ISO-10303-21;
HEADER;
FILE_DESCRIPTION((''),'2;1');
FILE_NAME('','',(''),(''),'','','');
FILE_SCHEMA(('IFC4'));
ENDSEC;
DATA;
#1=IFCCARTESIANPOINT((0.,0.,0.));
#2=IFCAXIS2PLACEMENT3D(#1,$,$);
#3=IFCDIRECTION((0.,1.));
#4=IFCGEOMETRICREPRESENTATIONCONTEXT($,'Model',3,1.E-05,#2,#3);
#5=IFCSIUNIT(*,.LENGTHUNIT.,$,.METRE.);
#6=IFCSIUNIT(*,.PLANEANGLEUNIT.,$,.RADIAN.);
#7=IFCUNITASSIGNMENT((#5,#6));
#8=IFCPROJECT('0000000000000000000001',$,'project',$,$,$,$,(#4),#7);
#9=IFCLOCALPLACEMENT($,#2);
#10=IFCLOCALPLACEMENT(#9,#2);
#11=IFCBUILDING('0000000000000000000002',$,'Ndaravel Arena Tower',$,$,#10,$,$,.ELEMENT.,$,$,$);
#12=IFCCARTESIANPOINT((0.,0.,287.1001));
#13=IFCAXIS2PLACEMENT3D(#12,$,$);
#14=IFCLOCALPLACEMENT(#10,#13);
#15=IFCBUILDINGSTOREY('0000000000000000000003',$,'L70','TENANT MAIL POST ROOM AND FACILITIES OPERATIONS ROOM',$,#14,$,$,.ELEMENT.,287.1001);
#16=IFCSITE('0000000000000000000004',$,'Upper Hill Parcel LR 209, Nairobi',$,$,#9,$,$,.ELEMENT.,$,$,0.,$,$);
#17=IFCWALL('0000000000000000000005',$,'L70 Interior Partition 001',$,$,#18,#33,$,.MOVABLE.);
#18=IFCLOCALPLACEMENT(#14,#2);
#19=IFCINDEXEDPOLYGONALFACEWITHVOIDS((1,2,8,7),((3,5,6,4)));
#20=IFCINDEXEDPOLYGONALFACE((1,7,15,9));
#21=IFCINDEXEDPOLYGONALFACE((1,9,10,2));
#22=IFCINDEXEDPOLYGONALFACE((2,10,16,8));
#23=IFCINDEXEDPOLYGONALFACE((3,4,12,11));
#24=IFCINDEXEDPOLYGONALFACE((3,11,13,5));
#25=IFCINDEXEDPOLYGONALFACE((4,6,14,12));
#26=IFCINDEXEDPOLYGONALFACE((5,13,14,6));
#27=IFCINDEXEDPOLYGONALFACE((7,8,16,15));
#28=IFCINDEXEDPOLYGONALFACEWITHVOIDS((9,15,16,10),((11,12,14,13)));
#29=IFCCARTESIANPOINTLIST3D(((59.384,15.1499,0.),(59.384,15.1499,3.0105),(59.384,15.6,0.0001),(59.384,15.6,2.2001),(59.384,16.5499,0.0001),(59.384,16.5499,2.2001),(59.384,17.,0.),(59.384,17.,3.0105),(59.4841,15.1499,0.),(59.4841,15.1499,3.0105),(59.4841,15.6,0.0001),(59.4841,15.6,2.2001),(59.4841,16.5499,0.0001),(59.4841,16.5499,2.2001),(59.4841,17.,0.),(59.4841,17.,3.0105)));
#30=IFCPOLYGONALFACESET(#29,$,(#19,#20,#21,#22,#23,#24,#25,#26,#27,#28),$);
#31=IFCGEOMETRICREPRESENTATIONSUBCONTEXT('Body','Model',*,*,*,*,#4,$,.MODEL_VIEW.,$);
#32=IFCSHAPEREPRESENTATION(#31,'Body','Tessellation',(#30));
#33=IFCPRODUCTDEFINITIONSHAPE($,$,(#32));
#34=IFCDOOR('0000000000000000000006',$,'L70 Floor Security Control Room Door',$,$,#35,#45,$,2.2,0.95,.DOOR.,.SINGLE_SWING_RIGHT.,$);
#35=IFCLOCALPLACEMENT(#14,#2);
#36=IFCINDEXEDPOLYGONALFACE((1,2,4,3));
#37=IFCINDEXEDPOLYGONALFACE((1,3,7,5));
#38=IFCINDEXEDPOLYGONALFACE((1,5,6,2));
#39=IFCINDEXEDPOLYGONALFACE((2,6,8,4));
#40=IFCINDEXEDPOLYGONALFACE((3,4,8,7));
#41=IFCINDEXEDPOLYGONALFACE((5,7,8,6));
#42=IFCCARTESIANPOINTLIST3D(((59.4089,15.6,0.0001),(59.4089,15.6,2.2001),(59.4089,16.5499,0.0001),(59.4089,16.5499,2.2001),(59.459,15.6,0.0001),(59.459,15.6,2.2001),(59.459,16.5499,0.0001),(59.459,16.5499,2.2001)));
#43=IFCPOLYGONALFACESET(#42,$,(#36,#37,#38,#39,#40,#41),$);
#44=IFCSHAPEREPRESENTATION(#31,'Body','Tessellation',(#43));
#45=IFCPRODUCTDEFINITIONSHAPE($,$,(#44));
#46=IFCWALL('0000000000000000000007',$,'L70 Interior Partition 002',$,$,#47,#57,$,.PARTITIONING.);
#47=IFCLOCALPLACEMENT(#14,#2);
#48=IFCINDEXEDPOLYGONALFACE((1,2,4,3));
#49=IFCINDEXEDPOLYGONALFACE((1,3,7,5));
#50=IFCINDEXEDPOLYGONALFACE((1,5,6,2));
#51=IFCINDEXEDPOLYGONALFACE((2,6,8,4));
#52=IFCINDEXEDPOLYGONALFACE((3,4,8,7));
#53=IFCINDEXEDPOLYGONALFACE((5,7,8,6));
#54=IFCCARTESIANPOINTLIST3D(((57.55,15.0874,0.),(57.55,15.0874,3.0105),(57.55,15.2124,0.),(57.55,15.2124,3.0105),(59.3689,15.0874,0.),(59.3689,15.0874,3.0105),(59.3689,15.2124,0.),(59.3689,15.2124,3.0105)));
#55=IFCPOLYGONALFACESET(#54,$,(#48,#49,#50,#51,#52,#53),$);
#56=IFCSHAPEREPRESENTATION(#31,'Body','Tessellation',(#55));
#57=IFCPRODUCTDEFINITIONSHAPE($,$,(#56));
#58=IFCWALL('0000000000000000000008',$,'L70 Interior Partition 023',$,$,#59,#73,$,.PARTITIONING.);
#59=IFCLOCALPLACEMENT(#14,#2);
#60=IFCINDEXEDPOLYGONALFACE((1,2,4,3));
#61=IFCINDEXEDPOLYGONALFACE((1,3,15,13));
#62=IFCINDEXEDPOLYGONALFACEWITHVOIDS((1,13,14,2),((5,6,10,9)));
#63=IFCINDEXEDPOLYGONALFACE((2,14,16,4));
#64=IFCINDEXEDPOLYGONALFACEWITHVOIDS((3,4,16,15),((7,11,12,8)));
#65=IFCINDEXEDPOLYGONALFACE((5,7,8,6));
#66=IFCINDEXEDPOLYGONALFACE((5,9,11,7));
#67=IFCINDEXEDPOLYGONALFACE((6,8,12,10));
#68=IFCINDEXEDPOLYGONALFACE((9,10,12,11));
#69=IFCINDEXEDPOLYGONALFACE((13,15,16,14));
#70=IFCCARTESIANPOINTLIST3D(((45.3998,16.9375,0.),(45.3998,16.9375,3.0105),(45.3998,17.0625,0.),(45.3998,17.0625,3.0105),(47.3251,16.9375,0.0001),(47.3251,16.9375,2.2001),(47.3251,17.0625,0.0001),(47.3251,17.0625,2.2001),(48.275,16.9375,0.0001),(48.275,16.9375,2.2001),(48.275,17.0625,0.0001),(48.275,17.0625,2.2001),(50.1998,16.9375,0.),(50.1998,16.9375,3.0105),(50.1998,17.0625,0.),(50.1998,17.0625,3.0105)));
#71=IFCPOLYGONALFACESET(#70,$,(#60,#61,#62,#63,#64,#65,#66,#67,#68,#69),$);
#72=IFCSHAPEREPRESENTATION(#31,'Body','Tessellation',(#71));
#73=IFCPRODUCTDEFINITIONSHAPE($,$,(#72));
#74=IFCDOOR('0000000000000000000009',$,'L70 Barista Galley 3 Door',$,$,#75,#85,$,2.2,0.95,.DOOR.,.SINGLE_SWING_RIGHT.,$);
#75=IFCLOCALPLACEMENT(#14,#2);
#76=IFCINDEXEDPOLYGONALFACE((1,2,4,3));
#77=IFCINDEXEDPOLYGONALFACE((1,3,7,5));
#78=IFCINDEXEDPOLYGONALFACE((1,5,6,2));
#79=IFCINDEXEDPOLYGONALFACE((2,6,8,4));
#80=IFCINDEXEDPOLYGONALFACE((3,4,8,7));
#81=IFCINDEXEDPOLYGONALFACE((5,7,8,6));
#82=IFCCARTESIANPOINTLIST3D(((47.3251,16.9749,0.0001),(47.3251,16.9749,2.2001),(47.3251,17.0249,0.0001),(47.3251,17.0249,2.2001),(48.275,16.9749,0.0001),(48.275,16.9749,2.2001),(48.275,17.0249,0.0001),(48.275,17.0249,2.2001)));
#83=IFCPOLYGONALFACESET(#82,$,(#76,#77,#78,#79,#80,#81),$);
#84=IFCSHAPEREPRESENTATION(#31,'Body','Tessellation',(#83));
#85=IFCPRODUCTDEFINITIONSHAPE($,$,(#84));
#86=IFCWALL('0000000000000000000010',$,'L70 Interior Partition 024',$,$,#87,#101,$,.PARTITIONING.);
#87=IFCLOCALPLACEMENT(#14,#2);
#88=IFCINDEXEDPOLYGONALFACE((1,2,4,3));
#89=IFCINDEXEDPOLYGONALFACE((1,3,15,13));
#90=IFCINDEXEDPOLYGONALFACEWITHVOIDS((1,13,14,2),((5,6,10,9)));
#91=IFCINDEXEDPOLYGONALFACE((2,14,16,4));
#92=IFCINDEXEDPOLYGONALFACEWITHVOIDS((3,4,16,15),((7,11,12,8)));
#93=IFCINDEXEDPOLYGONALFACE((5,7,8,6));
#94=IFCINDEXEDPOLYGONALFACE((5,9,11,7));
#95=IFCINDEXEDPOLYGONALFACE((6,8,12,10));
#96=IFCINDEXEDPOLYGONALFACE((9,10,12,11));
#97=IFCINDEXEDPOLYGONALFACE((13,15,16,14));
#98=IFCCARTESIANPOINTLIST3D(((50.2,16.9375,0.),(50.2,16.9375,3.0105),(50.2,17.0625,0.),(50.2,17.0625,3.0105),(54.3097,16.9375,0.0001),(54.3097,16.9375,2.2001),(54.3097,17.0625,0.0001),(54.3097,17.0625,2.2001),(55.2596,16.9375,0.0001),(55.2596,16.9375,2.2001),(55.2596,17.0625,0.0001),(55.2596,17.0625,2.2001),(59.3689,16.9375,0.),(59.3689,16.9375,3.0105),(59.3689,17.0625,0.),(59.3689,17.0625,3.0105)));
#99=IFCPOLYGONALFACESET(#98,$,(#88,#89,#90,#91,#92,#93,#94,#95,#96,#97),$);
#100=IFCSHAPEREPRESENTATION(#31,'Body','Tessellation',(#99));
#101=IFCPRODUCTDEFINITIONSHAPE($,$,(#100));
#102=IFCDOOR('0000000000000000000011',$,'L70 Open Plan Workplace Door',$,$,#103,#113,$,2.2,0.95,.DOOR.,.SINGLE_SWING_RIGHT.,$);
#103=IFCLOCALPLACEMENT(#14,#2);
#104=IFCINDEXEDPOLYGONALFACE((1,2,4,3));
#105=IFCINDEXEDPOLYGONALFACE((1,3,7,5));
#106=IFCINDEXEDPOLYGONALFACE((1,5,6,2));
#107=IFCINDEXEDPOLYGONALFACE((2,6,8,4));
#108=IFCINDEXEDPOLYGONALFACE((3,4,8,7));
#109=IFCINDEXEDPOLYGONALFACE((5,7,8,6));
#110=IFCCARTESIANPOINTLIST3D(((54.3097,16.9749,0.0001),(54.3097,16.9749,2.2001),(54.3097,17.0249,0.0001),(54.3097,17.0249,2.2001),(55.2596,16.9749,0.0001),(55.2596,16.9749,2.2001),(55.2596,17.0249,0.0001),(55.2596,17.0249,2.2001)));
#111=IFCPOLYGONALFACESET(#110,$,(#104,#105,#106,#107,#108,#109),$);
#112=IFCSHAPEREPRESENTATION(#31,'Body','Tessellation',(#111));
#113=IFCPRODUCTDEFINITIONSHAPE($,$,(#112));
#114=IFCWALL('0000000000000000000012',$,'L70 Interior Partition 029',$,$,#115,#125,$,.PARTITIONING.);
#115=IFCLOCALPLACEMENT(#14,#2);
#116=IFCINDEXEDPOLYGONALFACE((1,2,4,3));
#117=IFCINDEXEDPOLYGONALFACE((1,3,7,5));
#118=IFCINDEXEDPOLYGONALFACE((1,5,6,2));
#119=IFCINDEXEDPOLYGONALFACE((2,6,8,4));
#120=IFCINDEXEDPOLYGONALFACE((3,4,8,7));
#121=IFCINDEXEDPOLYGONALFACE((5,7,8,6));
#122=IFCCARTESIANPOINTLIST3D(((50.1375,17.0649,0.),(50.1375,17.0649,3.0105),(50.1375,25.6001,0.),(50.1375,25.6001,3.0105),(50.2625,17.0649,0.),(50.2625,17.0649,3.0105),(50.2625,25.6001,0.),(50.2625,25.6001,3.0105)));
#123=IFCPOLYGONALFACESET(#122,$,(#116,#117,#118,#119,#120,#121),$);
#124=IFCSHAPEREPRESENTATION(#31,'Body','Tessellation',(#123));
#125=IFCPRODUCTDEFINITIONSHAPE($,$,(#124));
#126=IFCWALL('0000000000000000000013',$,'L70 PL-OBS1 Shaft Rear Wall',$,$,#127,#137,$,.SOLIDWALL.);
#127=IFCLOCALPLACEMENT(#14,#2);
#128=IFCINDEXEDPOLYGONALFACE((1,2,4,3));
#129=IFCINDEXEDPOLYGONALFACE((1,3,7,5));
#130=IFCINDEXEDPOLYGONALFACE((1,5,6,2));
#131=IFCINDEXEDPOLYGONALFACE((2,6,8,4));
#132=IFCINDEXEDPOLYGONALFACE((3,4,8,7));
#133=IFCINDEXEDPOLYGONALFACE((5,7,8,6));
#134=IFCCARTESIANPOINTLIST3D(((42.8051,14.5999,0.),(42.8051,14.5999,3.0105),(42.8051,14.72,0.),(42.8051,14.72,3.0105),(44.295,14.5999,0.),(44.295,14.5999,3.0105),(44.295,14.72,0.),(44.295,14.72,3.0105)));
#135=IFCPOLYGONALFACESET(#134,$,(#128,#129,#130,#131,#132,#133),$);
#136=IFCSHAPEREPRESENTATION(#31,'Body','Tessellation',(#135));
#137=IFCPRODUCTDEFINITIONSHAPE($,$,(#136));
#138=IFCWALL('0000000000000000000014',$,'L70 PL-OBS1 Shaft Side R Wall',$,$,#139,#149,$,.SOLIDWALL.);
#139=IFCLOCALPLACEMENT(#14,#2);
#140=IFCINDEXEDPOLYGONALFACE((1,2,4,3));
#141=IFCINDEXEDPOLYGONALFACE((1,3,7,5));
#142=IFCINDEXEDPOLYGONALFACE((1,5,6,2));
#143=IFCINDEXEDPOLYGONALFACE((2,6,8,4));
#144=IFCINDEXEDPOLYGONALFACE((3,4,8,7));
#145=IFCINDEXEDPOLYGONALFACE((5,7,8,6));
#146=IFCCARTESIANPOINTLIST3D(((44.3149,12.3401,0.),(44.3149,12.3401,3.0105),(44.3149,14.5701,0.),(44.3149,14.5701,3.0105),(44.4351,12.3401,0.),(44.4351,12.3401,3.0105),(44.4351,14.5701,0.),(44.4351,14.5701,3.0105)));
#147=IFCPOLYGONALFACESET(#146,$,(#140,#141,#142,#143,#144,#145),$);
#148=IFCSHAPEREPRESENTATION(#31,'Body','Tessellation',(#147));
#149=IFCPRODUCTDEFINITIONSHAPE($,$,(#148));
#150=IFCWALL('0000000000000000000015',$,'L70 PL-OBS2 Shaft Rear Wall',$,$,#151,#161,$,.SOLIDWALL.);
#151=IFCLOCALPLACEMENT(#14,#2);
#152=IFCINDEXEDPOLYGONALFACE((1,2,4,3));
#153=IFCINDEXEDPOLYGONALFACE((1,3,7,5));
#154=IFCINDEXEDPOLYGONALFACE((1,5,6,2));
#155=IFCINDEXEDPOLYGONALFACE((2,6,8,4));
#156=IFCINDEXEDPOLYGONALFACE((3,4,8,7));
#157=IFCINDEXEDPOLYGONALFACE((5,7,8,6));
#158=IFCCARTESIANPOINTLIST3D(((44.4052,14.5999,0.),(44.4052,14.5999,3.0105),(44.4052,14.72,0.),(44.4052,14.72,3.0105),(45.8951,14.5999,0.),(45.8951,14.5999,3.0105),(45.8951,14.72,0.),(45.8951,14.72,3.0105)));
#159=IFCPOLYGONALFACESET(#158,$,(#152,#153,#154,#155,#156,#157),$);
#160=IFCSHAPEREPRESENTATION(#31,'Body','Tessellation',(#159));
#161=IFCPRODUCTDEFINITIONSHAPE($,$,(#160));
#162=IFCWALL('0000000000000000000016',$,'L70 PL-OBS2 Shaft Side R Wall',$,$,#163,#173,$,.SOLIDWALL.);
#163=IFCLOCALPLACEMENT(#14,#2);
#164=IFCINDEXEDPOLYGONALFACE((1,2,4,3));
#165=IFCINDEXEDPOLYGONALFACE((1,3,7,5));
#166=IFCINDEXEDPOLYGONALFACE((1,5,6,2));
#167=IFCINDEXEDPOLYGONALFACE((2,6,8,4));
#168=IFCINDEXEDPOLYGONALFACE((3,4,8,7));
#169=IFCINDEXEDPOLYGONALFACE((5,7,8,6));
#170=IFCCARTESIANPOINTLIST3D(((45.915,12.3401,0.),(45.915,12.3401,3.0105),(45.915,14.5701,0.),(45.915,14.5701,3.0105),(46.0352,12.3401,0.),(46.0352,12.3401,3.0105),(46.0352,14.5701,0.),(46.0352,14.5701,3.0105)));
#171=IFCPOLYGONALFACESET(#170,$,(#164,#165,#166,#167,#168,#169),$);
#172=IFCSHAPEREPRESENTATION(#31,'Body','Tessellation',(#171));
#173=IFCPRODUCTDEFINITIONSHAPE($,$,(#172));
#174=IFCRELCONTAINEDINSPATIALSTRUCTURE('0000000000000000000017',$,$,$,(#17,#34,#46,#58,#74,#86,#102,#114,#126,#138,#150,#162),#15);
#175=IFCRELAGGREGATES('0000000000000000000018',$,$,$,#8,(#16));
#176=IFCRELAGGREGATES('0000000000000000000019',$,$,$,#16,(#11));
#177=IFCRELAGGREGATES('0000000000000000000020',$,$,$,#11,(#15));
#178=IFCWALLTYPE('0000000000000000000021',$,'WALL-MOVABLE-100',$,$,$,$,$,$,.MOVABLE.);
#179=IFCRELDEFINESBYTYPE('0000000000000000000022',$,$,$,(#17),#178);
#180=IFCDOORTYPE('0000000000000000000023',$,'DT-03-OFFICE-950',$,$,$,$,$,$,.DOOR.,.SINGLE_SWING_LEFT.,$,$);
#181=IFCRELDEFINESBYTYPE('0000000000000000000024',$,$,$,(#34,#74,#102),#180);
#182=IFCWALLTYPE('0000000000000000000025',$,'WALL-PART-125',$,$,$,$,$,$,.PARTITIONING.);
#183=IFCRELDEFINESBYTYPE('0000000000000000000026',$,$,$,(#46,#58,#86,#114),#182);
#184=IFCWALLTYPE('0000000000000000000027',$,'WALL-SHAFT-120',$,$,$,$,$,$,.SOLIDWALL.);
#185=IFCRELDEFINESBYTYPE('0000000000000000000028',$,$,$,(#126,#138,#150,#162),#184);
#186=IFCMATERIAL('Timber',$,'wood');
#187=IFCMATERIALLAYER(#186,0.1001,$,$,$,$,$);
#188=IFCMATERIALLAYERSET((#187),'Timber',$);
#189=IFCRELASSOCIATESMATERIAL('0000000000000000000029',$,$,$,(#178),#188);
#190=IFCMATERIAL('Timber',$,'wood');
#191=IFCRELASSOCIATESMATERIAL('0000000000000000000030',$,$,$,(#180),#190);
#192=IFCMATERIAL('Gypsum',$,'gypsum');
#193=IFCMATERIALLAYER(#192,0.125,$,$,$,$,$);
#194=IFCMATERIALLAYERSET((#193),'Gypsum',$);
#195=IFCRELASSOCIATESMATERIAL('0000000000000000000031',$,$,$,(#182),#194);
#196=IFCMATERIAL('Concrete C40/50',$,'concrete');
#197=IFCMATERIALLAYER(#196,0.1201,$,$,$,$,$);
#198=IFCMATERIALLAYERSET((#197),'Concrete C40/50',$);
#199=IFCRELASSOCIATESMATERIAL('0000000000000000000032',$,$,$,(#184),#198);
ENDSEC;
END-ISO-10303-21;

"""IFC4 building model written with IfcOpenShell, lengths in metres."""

from ifc_helpers import new_model, si_unit, direction, frame, frame_2d, origin, place, context, subcontext, project, spatial, rectangle, extrude, material, layer, layer_set, type_object, element, fill, save


model = new_model("IFC4")

# Units and contexts
model_context = context("Model", 3, precision=1e-05, world=origin(), true_north=direction((0.0, 1.0)))
body_context = subcontext(model_context, "Body", "Model", "MODEL_VIEW")
ifc_project = project(units=[si_unit("LENGTHUNIT", "METRE"), si_unit("PLANEANGLEUNIT", "RADIAN")], contexts=[model_context])

# Site, building, storey
site_placement = place(None, origin())
site = spatial("IfcSite", under=ifc_project, at=site_placement, Name="Upper Hill Parcel LR 209, Nairobi", CompositionType="ELEMENT", RefElevation=0.0)
building_placement = place(site_placement, origin())
building = spatial("IfcBuilding", under=site, at=building_placement, Name="Ndaravel Arena Tower", CompositionType="ELEMENT")
storey_placement = place(building_placement, frame((0.0, 0.0, 287.1001)))
storey = spatial("IfcBuildingStorey", under=building, at=storey_placement, Name="L70", Description="TENANT MAIL POST ROOM AND FACILITIES OPERATIONS ROOM", CompositionType="ELEMENT", Elevation=287.1001)

# Wall, opening, door
ifc_material_1 = material(Name="Timber", Category="wood")
ifc_layer_1 = layer(ifc_material_1, 0.1001)
ifc_layer_set_1 = layer_set([ifc_layer_1], Name="Timber")
wall_type_1 = type_object("IfcWallType", Name="WALL-MOVABLE-100", PredefinedType="MOVABLE", material=ifc_layer_set_1)
wall_1_placement = place(storey_placement, frame((59.4341, 17.0, 0.0), z_axis=(0.0, 0.0, 1.0), x_axis=(0.0, -1.0, 0.0)))
wall_1 = element("IfcWall", 1, at=wall_1_placement, inside=storey, type_object=wall_type_1, Name="L70 Interior Partition 001", PredefinedType="MOVABLE", context=body_context, shape_type="SweptSolid", body=[
    extrude(rectangle(XDim=1.8501, YDim=0.1001, at=frame_2d((0.925, 0.0))), origin(), (0.0, 0.0, 1.0), 3.0105),
])
opening_1_placement = place(wall_1_placement, frame((0.45, 0.0, 0.0)))
opening_1 = element("IfcOpeningElement", 2, at=opening_1_placement, cuts=wall_1, PredefinedType="OPENING", context=body_context, shape_type="SweptSolid", body=[
    extrude(rectangle(XDim=0.95, YDim=2.2, at=frame_2d((0.4751, 1.1001))), frame((0.0, 0.05, 0.0), z_axis=(0.0, -1.0, 0.0), x_axis=(1.0, 0.0, 0.0)), (0.0, 0.0, 1.0), 0.1001),
])
ifc_material_2 = material(Name="Timber", Category="wood")
door_type_1 = type_object("IfcDoorType", Name="DT-03-OFFICE-950", OperationType="SINGLE_SWING_LEFT", PredefinedType="DOOR", material=ifc_material_2)
door_1_placement = place(opening_1_placement, origin())
door_1 = element("IfcDoor", 3, at=door_1_placement, inside=storey, type_object=door_type_1, Name="L70 Floor Security Control Room Door", OperationType="SINGLE_SWING_RIGHT", OverallHeight=2.2, OverallWidth=0.95, PredefinedType="DOOR", context=body_context, shape_type="SweptSolid", body=[
    extrude(rectangle(XDim=0.95, YDim=2.2, at=frame_2d((0.4751, 1.1001))), frame((0.0, 0.0249, 0.0), z_axis=(0.0, -1.0, 0.0), x_axis=(1.0, 0.0, 0.0)), (0.0, 0.0, 1.0), 0.05),
])
fill(opening_1, door_1)

# Wall
ifc_material_3 = material(Name="Gypsum", Category="gypsum")
ifc_layer_2 = layer(ifc_material_3, 0.125)
ifc_layer_set_2 = layer_set([ifc_layer_2], Name="Gypsum")
wall_type_2 = type_object("IfcWallType", Name="WALL-PART-125", PredefinedType="PARTITIONING", material=ifc_layer_set_2)
wall_2_placement = place(storey_placement, frame((59.3689, 15.1499, 0.0), z_axis=(0.0, 0.0, 1.0), x_axis=(-1.0, 0.0, 0.0)))
element("IfcWall", 4, at=wall_2_placement, inside=storey, type_object=wall_type_2, Name="L70 Interior Partition 002", PredefinedType="PARTITIONING", context=body_context, shape_type="SweptSolid", body=[
    extrude(rectangle(XDim=1.8188, YDim=0.125, at=frame_2d((0.9094, 0.0))), origin(), (0.0, 0.0, 1.0), 3.0105),
])

# Walls, openings, doors
wall_3_placement = place(storey_placement, frame((45.3999, 17.0, 0.0), z_axis=(0.0, 0.0, 1.0), x_axis=(1.0, 0.0, 0.0)))
wall_3 = element("IfcWall", 5, at=wall_3_placement, inside=storey, type_object=wall_type_2, Name="L70 Interior Partition 023", PredefinedType="PARTITIONING", context=body_context, shape_type="SweptSolid", body=[
    extrude(rectangle(XDim=4.8, YDim=0.125, at=frame_2d((2.3999, 0.0))), origin(), (0.0, 0.0, 1.0), 3.0105),
])
opening_2_placement = place(wall_3_placement, frame((1.925, 0.0, 0.0)))
opening_2 = element("IfcOpeningElement", 6, at=opening_2_placement, cuts=wall_3, PredefinedType="OPENING", context=body_context, shape_type="SweptSolid", body=[
    extrude(rectangle(XDim=0.95, YDim=2.2, at=frame_2d((0.4751, 1.1001))), frame((0.0, 0.0625, 0.0), z_axis=(0.0, -1.0, 0.0), x_axis=(1.0, 0.0, 0.0)), (0.0, 0.0, 1.0), 0.125),
])
door_2_placement = place(opening_2_placement, origin())
door_2 = element("IfcDoor", 7, at=door_2_placement, inside=storey, type_object=door_type_1, Name="L70 Barista Galley 3 Door", OperationType="SINGLE_SWING_RIGHT", OverallHeight=2.2, OverallWidth=0.95, PredefinedType="DOOR", context=body_context, shape_type="SweptSolid", body=[
    extrude(rectangle(XDim=0.95, YDim=2.2, at=frame_2d((0.4751, 1.1001))), frame((0.0, 0.0249, 0.0), z_axis=(0.0, -1.0, 0.0), x_axis=(1.0, 0.0, 0.0)), (0.0, 0.0, 1.0), 0.05),
])
fill(opening_2, door_2)
wall_4_placement = place(storey_placement, frame((50.2, 17.0, 0.0), z_axis=(0.0, 0.0, 1.0), x_axis=(1.0, 0.0, 0.0)))
wall_4 = element("IfcWall", 8, at=wall_4_placement, inside=storey, type_object=wall_type_2, Name="L70 Interior Partition 024", PredefinedType="PARTITIONING", context=body_context, shape_type="SweptSolid", body=[
    extrude(rectangle(XDim=9.1689, YDim=0.125, at=frame_2d((4.5845, 0.0))), origin(), (0.0, 0.0, 1.0), 3.0105),
])
opening_3_placement = place(wall_4_placement, frame((4.1096, 0.0, 0.0)))
opening_3 = element("IfcOpeningElement", 9, at=opening_3_placement, cuts=wall_4, PredefinedType="OPENING", context=body_context, shape_type="SweptSolid", body=[
    extrude(rectangle(XDim=0.95, YDim=2.2, at=frame_2d((0.4751, 1.1001))), frame((0.0, 0.0625, 0.0), z_axis=(0.0, -1.0, 0.0), x_axis=(1.0, 0.0, 0.0)), (0.0, 0.0, 1.0), 0.125),
])
door_3_placement = place(opening_3_placement, origin())
door_3 = element("IfcDoor", 10, at=door_3_placement, inside=storey, type_object=door_type_1, Name="L70 Open Plan Workplace Door", OperationType="SINGLE_SWING_RIGHT", OverallHeight=2.2, OverallWidth=0.95, PredefinedType="DOOR", context=body_context, shape_type="SweptSolid", body=[
    extrude(rectangle(XDim=0.95, YDim=2.2, at=frame_2d((0.4751, 1.1001))), frame((0.0, 0.0249, 0.0), z_axis=(0.0, -1.0, 0.0), x_axis=(1.0, 0.0, 0.0)), (0.0, 0.0, 1.0), 0.05),
])
fill(opening_3, door_3)

# Walls
wall_5_placement = place(storey_placement, frame((50.2, 17.0649, 0.0), z_axis=(0.0, 0.0, 1.0), x_axis=(0.0, 1.0, 0.0)))
element("IfcWall", 11, at=wall_5_placement, inside=storey, type_object=wall_type_2, Name="L70 Interior Partition 029", PredefinedType="PARTITIONING", context=body_context, shape_type="SweptSolid", body=[
    extrude(rectangle(XDim=8.5352, YDim=0.125, at=frame_2d((4.2676, 0.0))), origin(), (0.0, 0.0, 1.0), 3.0105),
])
ifc_material_4 = material(Name="Concrete C40/50", Category="concrete")
ifc_layer_3 = layer(ifc_material_4, 0.1201)
ifc_layer_set_3 = layer_set([ifc_layer_3], Name="Concrete C40/50")
wall_type_3 = type_object("IfcWallType", Name="WALL-SHAFT-120", PredefinedType="SOLIDWALL", material=ifc_layer_set_3)
wall_6_placement = place(storey_placement, frame((42.8049, 14.6599, 0.0), z_axis=(0.0, 0.0, 1.0), x_axis=(1.0, 0.0, 0.0)))
element("IfcWall", 12, at=wall_6_placement, inside=storey, type_object=wall_type_3, Name="L70 PL-OBS1 Shaft Rear Wall", PredefinedType="SOLIDWALL", context=body_context, shape_type="SweptSolid", body=[
    extrude(rectangle(XDim=1.49, YDim=0.1201, at=frame_2d((0.7451, 0.0))), origin(), (0.0, 0.0, 1.0), 3.0105),
])
wall_7_placement = place(storey_placement, frame((44.375, 12.3401, 0.0), z_axis=(0.0, 0.0, 1.0), x_axis=(0.0, 1.0, 0.0)))
element("IfcWall", 13, at=wall_7_placement, inside=storey, type_object=wall_type_3, Name="L70 PL-OBS1 Shaft Side R Wall", PredefinedType="SOLIDWALL", context=body_context, shape_type="SweptSolid", body=[
    extrude(rectangle(XDim=2.23, YDim=0.1201, at=frame_2d((1.115, 0.0))), origin(), (0.0, 0.0, 1.0), 3.0105),
])
wall_8_placement = place(storey_placement, frame((44.405, 14.6599, 0.0), z_axis=(0.0, 0.0, 1.0), x_axis=(1.0, 0.0, 0.0)))
element("IfcWall", 14, at=wall_8_placement, inside=storey, type_object=wall_type_3, Name="L70 PL-OBS2 Shaft Rear Wall", PredefinedType="SOLIDWALL", context=body_context, shape_type="SweptSolid", body=[
    extrude(rectangle(XDim=1.49, YDim=0.1201, at=frame_2d((0.7451, 0.0))), origin(), (0.0, 0.0, 1.0), 3.0105),
])
wall_9_placement = place(storey_placement, frame((45.9751, 12.3401, 0.0), z_axis=(0.0, 0.0, 1.0), x_axis=(0.0, 1.0, 0.0)))
element("IfcWall", 15, at=wall_9_placement, inside=storey, type_object=wall_type_3, Name="L70 PL-OBS2 Shaft Side R Wall", PredefinedType="SOLIDWALL", context=body_context, shape_type="SweptSolid", body=[
    extrude(rectangle(XDim=2.23, YDim=0.1201, at=frame_2d((1.115, 0.0))), origin(), (0.0, 0.0, 1.0), 3.0105),
])

save(model, "model.ifc")
